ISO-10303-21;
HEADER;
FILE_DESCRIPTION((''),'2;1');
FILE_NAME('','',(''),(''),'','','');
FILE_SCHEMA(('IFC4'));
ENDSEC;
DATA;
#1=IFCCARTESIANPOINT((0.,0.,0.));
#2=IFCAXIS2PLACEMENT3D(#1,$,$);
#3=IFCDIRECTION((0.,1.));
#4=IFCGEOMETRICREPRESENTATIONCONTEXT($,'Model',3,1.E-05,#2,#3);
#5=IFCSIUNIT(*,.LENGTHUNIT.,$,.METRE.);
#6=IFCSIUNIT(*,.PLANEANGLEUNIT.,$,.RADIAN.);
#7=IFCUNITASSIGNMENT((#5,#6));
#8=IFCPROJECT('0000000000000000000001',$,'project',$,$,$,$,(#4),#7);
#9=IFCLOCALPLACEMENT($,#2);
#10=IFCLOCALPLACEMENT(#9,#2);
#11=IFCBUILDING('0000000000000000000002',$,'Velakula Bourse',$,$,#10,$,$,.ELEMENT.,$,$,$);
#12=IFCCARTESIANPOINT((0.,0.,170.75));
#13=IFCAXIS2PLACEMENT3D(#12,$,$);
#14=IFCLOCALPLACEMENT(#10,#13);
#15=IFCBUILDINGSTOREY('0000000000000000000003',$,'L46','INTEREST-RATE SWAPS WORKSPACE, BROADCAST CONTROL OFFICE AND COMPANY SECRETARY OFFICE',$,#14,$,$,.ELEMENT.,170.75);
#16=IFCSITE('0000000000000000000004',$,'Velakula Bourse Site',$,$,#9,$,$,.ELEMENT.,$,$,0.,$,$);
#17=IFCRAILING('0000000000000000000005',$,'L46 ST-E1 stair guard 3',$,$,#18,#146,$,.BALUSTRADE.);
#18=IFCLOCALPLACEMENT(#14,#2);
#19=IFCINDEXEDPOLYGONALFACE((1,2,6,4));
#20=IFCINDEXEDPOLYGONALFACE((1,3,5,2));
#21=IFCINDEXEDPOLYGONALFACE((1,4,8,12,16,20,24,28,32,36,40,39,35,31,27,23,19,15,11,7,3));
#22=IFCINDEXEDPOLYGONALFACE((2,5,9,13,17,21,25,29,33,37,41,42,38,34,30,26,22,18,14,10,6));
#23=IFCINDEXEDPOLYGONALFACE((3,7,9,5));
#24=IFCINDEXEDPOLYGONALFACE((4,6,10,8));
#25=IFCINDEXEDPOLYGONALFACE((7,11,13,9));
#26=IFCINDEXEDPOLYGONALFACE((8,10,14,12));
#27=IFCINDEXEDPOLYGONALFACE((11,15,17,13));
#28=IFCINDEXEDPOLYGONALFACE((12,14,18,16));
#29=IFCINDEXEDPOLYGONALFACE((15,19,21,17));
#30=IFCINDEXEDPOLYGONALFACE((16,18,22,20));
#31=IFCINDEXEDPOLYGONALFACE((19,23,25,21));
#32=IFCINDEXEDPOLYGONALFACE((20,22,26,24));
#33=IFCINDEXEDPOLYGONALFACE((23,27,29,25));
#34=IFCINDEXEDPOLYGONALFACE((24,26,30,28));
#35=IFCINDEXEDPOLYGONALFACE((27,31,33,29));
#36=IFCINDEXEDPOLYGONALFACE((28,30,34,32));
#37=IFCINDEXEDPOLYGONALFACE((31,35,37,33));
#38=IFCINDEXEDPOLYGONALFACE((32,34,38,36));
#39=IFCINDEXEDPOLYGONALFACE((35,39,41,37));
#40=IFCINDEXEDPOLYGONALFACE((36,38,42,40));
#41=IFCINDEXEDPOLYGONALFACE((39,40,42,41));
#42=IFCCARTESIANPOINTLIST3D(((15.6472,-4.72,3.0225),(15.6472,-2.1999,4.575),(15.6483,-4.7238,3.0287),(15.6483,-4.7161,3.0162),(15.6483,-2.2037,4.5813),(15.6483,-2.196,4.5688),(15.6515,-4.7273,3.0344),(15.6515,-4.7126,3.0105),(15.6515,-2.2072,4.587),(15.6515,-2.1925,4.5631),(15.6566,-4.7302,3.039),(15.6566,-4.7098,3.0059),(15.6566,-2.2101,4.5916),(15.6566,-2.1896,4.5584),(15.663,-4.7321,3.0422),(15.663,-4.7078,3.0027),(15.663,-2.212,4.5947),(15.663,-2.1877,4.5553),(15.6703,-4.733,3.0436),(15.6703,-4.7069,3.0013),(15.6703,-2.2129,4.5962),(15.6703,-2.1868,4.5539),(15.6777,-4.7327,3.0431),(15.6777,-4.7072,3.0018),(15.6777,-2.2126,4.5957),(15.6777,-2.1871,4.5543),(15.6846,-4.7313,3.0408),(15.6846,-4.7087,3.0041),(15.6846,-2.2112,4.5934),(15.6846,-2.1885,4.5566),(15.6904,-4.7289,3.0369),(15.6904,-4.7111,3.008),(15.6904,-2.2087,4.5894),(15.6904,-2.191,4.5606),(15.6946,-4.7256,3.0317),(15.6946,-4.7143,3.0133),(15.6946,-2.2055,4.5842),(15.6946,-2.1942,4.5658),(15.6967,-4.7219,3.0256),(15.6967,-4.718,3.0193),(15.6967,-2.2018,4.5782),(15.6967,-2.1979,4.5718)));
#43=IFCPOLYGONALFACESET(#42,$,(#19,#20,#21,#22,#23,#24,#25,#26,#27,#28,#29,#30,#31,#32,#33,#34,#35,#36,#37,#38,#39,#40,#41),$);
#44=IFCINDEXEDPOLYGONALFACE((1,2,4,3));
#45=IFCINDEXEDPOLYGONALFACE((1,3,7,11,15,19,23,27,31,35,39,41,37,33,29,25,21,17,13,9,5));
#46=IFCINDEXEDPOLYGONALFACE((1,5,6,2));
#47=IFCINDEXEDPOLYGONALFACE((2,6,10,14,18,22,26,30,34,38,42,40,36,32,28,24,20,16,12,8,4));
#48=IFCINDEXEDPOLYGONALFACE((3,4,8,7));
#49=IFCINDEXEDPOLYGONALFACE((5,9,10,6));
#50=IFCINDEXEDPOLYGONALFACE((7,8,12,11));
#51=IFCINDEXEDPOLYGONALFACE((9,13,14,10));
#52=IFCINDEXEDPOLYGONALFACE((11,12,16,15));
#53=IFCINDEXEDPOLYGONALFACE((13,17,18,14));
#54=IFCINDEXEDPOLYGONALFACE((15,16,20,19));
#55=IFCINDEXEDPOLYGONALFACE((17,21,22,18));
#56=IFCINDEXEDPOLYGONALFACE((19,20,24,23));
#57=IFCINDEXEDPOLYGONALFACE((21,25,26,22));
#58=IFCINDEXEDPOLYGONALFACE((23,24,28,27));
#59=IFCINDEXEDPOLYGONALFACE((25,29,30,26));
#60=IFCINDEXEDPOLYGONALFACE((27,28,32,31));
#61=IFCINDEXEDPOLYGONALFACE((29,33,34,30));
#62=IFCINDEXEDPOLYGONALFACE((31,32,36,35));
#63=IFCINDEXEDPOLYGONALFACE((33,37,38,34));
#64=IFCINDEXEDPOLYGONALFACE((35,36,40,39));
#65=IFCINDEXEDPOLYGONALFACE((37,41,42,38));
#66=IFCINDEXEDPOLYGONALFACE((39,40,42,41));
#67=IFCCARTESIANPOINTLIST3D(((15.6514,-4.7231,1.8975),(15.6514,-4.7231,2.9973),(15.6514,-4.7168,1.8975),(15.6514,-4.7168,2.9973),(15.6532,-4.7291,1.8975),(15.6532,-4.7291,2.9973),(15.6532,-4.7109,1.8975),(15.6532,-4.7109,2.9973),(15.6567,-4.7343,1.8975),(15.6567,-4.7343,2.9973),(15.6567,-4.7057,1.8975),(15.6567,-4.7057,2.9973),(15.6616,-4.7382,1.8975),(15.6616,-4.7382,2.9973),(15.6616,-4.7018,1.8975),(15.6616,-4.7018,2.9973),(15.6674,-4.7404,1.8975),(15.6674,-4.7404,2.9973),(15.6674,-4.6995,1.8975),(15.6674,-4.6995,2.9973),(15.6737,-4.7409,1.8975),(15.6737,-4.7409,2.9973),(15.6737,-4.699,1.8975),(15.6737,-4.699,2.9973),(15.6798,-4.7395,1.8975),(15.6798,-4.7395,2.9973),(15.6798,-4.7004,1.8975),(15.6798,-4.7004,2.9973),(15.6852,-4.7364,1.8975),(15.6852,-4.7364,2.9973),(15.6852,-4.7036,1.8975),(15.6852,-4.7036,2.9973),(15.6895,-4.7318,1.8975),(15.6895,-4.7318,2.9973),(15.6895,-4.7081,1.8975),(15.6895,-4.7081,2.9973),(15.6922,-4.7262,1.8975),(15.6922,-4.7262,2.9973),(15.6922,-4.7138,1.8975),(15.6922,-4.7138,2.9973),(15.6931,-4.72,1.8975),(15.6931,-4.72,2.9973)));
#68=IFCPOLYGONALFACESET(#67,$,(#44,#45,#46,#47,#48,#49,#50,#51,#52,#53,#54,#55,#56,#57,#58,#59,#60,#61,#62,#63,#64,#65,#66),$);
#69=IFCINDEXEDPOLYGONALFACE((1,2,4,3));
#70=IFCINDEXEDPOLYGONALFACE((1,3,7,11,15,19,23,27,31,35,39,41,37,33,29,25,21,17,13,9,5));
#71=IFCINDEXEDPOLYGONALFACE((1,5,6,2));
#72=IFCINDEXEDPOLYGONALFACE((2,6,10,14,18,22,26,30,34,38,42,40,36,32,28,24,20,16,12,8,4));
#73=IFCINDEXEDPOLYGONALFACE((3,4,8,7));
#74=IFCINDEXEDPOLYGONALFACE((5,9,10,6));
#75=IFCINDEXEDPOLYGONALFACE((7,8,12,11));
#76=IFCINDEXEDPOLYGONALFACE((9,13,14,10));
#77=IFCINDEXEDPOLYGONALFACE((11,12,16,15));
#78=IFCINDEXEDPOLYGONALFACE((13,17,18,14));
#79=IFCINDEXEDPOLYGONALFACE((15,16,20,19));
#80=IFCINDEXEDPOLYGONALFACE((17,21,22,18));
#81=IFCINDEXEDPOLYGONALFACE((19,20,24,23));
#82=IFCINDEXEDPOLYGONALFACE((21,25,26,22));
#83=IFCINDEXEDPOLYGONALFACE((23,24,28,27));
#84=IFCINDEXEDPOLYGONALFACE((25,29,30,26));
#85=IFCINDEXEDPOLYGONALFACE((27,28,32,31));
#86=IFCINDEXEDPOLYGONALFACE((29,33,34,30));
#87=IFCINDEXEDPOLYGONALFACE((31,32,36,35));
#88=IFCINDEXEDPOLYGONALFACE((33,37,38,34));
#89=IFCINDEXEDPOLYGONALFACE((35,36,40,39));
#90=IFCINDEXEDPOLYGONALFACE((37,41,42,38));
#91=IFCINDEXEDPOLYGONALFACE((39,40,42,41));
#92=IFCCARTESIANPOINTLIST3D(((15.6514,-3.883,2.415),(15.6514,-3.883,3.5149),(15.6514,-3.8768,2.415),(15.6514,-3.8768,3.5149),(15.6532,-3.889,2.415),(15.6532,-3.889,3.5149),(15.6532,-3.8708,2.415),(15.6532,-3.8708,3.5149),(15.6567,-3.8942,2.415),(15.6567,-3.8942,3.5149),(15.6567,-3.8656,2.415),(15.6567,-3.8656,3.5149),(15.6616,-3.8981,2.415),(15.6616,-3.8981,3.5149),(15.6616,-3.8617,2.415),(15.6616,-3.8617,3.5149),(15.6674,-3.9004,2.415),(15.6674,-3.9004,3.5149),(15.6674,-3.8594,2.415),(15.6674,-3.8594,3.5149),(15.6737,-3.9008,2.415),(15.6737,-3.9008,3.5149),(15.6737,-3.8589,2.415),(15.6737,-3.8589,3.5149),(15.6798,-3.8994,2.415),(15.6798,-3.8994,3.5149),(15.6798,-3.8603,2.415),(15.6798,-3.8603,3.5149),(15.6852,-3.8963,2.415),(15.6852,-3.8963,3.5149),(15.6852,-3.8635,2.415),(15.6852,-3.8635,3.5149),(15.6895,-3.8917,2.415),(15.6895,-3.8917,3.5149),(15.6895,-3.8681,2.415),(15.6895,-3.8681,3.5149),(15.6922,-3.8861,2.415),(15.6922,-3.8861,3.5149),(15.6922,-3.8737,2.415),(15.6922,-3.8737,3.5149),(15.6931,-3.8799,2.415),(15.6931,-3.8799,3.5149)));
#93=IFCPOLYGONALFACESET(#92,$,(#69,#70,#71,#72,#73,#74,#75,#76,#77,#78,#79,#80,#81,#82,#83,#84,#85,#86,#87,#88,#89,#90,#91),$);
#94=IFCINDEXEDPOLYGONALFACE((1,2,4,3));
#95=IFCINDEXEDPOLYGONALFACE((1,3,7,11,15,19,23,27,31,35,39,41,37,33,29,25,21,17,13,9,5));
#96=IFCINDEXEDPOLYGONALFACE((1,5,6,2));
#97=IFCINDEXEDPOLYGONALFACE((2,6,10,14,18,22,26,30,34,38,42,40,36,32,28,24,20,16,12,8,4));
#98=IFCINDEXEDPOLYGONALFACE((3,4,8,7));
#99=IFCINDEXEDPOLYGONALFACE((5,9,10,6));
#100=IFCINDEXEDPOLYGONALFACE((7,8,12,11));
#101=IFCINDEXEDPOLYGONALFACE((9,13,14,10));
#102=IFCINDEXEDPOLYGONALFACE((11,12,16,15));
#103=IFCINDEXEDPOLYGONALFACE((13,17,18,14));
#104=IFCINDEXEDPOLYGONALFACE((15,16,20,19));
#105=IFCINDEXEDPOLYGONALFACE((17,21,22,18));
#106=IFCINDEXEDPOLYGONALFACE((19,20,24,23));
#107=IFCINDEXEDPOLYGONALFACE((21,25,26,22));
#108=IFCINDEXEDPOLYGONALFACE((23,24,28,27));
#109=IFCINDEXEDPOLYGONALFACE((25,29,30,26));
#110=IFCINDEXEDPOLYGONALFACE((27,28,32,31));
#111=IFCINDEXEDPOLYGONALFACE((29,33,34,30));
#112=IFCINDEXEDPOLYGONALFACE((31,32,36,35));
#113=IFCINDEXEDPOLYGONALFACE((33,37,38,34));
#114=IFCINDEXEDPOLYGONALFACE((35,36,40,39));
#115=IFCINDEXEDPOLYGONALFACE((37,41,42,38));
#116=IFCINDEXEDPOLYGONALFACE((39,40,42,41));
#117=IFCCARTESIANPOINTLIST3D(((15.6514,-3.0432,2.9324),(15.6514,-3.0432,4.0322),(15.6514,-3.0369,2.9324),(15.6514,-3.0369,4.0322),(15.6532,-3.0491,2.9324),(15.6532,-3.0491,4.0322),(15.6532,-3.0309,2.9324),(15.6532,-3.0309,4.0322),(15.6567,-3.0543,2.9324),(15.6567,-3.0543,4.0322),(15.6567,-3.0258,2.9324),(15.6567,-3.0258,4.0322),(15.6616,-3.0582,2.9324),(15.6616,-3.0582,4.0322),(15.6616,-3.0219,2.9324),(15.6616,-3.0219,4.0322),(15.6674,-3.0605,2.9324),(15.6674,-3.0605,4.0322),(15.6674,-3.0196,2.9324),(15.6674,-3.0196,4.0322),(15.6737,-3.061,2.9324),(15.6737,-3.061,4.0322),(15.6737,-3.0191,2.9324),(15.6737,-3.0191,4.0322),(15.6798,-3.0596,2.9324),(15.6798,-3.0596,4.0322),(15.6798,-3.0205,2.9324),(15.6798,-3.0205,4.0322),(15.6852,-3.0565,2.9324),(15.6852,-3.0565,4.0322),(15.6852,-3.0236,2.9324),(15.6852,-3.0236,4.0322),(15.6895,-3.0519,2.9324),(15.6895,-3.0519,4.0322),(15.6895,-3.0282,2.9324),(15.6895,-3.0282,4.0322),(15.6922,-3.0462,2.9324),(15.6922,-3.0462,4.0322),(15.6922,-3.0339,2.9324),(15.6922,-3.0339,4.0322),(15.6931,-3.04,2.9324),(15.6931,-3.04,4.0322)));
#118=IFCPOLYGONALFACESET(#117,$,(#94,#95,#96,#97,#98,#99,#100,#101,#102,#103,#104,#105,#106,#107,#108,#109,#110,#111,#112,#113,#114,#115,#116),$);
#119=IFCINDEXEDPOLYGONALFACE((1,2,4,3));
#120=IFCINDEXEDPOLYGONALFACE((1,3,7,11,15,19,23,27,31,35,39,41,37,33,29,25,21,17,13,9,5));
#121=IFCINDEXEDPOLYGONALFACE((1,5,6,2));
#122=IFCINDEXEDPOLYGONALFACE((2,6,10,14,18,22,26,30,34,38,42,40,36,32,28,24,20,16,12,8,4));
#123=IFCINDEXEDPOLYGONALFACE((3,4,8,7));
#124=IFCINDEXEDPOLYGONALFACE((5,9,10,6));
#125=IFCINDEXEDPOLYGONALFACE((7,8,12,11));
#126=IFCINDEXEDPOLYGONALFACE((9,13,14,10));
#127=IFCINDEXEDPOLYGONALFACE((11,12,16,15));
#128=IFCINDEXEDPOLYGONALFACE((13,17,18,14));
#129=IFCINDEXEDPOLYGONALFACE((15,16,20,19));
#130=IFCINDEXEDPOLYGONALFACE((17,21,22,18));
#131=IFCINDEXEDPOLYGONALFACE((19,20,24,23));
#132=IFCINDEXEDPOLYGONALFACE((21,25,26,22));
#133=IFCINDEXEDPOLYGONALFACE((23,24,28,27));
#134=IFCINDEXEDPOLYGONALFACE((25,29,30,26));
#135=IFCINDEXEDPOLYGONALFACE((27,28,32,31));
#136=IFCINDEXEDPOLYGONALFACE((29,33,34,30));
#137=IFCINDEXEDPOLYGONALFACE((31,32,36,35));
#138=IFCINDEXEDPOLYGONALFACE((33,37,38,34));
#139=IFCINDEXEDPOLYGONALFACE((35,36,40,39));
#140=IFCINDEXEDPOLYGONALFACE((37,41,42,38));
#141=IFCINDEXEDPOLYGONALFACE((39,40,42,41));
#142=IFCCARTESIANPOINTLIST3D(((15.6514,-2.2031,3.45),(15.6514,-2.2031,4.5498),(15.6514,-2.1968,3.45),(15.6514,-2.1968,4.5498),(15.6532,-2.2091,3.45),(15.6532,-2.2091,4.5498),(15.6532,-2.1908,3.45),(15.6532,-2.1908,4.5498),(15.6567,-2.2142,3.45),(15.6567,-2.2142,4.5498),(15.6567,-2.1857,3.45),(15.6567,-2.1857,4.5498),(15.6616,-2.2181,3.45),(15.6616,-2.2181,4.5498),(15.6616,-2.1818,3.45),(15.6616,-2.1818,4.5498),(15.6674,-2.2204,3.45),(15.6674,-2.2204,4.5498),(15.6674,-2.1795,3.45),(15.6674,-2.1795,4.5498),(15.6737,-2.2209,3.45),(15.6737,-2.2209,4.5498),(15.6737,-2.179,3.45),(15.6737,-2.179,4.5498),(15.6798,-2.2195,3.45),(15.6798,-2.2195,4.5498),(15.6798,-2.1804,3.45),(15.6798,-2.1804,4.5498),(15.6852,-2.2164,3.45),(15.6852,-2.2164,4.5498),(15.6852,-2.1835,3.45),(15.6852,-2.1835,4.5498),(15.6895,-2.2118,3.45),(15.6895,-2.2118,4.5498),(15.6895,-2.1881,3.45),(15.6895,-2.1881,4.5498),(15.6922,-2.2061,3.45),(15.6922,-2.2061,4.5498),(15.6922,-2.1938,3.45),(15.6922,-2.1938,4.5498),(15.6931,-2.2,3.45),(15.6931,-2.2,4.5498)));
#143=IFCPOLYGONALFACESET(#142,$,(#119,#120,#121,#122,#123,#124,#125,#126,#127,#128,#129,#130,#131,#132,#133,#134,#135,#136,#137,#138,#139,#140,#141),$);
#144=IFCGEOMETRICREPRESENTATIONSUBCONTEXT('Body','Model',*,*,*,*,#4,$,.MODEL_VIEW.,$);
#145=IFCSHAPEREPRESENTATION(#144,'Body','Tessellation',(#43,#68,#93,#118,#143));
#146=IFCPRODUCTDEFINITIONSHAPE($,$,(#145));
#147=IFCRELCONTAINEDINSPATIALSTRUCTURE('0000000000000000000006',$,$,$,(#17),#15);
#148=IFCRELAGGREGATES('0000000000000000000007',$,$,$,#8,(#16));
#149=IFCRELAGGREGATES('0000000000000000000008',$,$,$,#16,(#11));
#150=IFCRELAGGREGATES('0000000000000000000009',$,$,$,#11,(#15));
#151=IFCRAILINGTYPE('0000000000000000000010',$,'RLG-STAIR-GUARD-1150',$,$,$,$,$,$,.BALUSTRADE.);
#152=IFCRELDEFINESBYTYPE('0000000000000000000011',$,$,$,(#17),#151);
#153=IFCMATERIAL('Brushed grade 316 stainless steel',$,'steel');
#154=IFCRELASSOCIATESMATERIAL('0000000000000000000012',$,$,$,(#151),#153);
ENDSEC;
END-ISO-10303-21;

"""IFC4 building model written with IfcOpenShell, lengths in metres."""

from ifc_helpers import new_model, si_unit, direction, frame, origin, origin_2d, place, context, subcontext, project, spatial, circle, extrude, material, type_object, element, save


model = new_model("IFC4")

# Units and contexts
model_context = context("Model", 3, precision=1e-05, world=origin(), true_north=direction((0.0, 1.0)))
body_context = subcontext(model_context, "Body", "Model", "MODEL_VIEW")
ifc_project = project(units=[si_unit("LENGTHUNIT", "METRE"), si_unit("PLANEANGLEUNIT", "RADIAN")], contexts=[model_context])

# Site, building, storey
site_placement = place(None, origin())
site = spatial("IfcSite", under=ifc_project, at=site_placement, Name="Velakula Bourse Site", CompositionType="ELEMENT", RefElevation=0.0)
building_placement = place(site_placement, origin())
building = spatial("IfcBuilding", under=site, at=building_placement, Name="Velakula Bourse", CompositionType="ELEMENT")
storey_placement = place(building_placement, frame((0.0, 0.0, 170.75)))
storey = spatial("IfcBuildingStorey", under=building, at=storey_placement, Name="L46", Description="INTEREST-RATE SWAPS WORKSPACE, BROADCAST CONTROL OFFICE AND COMPANY SECRETARY OFFICE", CompositionType="ELEMENT", Elevation=170.75)

# Shared definitions
ifc_material_1 = material(Name="Brushed grade 316 stainless steel", Category="steel")

# Railing
railing_type_1 = type_object("IfcRailingType", Name="RLG-STAIR-GUARD-1150", PredefinedType="BALUSTRADE", material=ifc_material_1)
railing_1_placement = place(storey_placement, frame((15.6721, -4.72, 1.8975)))
element("IfcRailing", 1, at=railing_1_placement, inside=storey, type_object=railing_type_1, Name="L46 ST-E1 stair guard 3", PredefinedType="BALUSTRADE", context=body_context, shape_type="SweptSolid", body=[
    extrude(circle(Radius=0.0249, at=origin_2d()), frame((0.0, 0.0, 1.125), z_axis=(0.0, 0.8514, 0.524516), x_axis=(-1.0, 0.0, 0.0)), (0.0, 0.0, 1.0), 2.96),
    extrude(circle(Radius=0.021, at=origin_2d()), origin(), (0.0, 0.0, 1.0), 1.0999),
    extrude(circle(Radius=0.021, at=origin_2d()), frame((0.0, 0.8401, 0.5176)), (0.0, 0.0, 1.0), 1.0999),
    extrude(circle(Radius=0.021, at=origin_2d()), frame((0.0, 1.6799, 1.0349)), (0.0, 0.0, 1.0), 1.0999),
    extrude(circle(Radius=0.021, at=origin_2d()), frame((0.0, 2.52, 1.5525)), (0.0, 0.0, 1.0), 1.0999),
])

save(model, "model.ifc")
